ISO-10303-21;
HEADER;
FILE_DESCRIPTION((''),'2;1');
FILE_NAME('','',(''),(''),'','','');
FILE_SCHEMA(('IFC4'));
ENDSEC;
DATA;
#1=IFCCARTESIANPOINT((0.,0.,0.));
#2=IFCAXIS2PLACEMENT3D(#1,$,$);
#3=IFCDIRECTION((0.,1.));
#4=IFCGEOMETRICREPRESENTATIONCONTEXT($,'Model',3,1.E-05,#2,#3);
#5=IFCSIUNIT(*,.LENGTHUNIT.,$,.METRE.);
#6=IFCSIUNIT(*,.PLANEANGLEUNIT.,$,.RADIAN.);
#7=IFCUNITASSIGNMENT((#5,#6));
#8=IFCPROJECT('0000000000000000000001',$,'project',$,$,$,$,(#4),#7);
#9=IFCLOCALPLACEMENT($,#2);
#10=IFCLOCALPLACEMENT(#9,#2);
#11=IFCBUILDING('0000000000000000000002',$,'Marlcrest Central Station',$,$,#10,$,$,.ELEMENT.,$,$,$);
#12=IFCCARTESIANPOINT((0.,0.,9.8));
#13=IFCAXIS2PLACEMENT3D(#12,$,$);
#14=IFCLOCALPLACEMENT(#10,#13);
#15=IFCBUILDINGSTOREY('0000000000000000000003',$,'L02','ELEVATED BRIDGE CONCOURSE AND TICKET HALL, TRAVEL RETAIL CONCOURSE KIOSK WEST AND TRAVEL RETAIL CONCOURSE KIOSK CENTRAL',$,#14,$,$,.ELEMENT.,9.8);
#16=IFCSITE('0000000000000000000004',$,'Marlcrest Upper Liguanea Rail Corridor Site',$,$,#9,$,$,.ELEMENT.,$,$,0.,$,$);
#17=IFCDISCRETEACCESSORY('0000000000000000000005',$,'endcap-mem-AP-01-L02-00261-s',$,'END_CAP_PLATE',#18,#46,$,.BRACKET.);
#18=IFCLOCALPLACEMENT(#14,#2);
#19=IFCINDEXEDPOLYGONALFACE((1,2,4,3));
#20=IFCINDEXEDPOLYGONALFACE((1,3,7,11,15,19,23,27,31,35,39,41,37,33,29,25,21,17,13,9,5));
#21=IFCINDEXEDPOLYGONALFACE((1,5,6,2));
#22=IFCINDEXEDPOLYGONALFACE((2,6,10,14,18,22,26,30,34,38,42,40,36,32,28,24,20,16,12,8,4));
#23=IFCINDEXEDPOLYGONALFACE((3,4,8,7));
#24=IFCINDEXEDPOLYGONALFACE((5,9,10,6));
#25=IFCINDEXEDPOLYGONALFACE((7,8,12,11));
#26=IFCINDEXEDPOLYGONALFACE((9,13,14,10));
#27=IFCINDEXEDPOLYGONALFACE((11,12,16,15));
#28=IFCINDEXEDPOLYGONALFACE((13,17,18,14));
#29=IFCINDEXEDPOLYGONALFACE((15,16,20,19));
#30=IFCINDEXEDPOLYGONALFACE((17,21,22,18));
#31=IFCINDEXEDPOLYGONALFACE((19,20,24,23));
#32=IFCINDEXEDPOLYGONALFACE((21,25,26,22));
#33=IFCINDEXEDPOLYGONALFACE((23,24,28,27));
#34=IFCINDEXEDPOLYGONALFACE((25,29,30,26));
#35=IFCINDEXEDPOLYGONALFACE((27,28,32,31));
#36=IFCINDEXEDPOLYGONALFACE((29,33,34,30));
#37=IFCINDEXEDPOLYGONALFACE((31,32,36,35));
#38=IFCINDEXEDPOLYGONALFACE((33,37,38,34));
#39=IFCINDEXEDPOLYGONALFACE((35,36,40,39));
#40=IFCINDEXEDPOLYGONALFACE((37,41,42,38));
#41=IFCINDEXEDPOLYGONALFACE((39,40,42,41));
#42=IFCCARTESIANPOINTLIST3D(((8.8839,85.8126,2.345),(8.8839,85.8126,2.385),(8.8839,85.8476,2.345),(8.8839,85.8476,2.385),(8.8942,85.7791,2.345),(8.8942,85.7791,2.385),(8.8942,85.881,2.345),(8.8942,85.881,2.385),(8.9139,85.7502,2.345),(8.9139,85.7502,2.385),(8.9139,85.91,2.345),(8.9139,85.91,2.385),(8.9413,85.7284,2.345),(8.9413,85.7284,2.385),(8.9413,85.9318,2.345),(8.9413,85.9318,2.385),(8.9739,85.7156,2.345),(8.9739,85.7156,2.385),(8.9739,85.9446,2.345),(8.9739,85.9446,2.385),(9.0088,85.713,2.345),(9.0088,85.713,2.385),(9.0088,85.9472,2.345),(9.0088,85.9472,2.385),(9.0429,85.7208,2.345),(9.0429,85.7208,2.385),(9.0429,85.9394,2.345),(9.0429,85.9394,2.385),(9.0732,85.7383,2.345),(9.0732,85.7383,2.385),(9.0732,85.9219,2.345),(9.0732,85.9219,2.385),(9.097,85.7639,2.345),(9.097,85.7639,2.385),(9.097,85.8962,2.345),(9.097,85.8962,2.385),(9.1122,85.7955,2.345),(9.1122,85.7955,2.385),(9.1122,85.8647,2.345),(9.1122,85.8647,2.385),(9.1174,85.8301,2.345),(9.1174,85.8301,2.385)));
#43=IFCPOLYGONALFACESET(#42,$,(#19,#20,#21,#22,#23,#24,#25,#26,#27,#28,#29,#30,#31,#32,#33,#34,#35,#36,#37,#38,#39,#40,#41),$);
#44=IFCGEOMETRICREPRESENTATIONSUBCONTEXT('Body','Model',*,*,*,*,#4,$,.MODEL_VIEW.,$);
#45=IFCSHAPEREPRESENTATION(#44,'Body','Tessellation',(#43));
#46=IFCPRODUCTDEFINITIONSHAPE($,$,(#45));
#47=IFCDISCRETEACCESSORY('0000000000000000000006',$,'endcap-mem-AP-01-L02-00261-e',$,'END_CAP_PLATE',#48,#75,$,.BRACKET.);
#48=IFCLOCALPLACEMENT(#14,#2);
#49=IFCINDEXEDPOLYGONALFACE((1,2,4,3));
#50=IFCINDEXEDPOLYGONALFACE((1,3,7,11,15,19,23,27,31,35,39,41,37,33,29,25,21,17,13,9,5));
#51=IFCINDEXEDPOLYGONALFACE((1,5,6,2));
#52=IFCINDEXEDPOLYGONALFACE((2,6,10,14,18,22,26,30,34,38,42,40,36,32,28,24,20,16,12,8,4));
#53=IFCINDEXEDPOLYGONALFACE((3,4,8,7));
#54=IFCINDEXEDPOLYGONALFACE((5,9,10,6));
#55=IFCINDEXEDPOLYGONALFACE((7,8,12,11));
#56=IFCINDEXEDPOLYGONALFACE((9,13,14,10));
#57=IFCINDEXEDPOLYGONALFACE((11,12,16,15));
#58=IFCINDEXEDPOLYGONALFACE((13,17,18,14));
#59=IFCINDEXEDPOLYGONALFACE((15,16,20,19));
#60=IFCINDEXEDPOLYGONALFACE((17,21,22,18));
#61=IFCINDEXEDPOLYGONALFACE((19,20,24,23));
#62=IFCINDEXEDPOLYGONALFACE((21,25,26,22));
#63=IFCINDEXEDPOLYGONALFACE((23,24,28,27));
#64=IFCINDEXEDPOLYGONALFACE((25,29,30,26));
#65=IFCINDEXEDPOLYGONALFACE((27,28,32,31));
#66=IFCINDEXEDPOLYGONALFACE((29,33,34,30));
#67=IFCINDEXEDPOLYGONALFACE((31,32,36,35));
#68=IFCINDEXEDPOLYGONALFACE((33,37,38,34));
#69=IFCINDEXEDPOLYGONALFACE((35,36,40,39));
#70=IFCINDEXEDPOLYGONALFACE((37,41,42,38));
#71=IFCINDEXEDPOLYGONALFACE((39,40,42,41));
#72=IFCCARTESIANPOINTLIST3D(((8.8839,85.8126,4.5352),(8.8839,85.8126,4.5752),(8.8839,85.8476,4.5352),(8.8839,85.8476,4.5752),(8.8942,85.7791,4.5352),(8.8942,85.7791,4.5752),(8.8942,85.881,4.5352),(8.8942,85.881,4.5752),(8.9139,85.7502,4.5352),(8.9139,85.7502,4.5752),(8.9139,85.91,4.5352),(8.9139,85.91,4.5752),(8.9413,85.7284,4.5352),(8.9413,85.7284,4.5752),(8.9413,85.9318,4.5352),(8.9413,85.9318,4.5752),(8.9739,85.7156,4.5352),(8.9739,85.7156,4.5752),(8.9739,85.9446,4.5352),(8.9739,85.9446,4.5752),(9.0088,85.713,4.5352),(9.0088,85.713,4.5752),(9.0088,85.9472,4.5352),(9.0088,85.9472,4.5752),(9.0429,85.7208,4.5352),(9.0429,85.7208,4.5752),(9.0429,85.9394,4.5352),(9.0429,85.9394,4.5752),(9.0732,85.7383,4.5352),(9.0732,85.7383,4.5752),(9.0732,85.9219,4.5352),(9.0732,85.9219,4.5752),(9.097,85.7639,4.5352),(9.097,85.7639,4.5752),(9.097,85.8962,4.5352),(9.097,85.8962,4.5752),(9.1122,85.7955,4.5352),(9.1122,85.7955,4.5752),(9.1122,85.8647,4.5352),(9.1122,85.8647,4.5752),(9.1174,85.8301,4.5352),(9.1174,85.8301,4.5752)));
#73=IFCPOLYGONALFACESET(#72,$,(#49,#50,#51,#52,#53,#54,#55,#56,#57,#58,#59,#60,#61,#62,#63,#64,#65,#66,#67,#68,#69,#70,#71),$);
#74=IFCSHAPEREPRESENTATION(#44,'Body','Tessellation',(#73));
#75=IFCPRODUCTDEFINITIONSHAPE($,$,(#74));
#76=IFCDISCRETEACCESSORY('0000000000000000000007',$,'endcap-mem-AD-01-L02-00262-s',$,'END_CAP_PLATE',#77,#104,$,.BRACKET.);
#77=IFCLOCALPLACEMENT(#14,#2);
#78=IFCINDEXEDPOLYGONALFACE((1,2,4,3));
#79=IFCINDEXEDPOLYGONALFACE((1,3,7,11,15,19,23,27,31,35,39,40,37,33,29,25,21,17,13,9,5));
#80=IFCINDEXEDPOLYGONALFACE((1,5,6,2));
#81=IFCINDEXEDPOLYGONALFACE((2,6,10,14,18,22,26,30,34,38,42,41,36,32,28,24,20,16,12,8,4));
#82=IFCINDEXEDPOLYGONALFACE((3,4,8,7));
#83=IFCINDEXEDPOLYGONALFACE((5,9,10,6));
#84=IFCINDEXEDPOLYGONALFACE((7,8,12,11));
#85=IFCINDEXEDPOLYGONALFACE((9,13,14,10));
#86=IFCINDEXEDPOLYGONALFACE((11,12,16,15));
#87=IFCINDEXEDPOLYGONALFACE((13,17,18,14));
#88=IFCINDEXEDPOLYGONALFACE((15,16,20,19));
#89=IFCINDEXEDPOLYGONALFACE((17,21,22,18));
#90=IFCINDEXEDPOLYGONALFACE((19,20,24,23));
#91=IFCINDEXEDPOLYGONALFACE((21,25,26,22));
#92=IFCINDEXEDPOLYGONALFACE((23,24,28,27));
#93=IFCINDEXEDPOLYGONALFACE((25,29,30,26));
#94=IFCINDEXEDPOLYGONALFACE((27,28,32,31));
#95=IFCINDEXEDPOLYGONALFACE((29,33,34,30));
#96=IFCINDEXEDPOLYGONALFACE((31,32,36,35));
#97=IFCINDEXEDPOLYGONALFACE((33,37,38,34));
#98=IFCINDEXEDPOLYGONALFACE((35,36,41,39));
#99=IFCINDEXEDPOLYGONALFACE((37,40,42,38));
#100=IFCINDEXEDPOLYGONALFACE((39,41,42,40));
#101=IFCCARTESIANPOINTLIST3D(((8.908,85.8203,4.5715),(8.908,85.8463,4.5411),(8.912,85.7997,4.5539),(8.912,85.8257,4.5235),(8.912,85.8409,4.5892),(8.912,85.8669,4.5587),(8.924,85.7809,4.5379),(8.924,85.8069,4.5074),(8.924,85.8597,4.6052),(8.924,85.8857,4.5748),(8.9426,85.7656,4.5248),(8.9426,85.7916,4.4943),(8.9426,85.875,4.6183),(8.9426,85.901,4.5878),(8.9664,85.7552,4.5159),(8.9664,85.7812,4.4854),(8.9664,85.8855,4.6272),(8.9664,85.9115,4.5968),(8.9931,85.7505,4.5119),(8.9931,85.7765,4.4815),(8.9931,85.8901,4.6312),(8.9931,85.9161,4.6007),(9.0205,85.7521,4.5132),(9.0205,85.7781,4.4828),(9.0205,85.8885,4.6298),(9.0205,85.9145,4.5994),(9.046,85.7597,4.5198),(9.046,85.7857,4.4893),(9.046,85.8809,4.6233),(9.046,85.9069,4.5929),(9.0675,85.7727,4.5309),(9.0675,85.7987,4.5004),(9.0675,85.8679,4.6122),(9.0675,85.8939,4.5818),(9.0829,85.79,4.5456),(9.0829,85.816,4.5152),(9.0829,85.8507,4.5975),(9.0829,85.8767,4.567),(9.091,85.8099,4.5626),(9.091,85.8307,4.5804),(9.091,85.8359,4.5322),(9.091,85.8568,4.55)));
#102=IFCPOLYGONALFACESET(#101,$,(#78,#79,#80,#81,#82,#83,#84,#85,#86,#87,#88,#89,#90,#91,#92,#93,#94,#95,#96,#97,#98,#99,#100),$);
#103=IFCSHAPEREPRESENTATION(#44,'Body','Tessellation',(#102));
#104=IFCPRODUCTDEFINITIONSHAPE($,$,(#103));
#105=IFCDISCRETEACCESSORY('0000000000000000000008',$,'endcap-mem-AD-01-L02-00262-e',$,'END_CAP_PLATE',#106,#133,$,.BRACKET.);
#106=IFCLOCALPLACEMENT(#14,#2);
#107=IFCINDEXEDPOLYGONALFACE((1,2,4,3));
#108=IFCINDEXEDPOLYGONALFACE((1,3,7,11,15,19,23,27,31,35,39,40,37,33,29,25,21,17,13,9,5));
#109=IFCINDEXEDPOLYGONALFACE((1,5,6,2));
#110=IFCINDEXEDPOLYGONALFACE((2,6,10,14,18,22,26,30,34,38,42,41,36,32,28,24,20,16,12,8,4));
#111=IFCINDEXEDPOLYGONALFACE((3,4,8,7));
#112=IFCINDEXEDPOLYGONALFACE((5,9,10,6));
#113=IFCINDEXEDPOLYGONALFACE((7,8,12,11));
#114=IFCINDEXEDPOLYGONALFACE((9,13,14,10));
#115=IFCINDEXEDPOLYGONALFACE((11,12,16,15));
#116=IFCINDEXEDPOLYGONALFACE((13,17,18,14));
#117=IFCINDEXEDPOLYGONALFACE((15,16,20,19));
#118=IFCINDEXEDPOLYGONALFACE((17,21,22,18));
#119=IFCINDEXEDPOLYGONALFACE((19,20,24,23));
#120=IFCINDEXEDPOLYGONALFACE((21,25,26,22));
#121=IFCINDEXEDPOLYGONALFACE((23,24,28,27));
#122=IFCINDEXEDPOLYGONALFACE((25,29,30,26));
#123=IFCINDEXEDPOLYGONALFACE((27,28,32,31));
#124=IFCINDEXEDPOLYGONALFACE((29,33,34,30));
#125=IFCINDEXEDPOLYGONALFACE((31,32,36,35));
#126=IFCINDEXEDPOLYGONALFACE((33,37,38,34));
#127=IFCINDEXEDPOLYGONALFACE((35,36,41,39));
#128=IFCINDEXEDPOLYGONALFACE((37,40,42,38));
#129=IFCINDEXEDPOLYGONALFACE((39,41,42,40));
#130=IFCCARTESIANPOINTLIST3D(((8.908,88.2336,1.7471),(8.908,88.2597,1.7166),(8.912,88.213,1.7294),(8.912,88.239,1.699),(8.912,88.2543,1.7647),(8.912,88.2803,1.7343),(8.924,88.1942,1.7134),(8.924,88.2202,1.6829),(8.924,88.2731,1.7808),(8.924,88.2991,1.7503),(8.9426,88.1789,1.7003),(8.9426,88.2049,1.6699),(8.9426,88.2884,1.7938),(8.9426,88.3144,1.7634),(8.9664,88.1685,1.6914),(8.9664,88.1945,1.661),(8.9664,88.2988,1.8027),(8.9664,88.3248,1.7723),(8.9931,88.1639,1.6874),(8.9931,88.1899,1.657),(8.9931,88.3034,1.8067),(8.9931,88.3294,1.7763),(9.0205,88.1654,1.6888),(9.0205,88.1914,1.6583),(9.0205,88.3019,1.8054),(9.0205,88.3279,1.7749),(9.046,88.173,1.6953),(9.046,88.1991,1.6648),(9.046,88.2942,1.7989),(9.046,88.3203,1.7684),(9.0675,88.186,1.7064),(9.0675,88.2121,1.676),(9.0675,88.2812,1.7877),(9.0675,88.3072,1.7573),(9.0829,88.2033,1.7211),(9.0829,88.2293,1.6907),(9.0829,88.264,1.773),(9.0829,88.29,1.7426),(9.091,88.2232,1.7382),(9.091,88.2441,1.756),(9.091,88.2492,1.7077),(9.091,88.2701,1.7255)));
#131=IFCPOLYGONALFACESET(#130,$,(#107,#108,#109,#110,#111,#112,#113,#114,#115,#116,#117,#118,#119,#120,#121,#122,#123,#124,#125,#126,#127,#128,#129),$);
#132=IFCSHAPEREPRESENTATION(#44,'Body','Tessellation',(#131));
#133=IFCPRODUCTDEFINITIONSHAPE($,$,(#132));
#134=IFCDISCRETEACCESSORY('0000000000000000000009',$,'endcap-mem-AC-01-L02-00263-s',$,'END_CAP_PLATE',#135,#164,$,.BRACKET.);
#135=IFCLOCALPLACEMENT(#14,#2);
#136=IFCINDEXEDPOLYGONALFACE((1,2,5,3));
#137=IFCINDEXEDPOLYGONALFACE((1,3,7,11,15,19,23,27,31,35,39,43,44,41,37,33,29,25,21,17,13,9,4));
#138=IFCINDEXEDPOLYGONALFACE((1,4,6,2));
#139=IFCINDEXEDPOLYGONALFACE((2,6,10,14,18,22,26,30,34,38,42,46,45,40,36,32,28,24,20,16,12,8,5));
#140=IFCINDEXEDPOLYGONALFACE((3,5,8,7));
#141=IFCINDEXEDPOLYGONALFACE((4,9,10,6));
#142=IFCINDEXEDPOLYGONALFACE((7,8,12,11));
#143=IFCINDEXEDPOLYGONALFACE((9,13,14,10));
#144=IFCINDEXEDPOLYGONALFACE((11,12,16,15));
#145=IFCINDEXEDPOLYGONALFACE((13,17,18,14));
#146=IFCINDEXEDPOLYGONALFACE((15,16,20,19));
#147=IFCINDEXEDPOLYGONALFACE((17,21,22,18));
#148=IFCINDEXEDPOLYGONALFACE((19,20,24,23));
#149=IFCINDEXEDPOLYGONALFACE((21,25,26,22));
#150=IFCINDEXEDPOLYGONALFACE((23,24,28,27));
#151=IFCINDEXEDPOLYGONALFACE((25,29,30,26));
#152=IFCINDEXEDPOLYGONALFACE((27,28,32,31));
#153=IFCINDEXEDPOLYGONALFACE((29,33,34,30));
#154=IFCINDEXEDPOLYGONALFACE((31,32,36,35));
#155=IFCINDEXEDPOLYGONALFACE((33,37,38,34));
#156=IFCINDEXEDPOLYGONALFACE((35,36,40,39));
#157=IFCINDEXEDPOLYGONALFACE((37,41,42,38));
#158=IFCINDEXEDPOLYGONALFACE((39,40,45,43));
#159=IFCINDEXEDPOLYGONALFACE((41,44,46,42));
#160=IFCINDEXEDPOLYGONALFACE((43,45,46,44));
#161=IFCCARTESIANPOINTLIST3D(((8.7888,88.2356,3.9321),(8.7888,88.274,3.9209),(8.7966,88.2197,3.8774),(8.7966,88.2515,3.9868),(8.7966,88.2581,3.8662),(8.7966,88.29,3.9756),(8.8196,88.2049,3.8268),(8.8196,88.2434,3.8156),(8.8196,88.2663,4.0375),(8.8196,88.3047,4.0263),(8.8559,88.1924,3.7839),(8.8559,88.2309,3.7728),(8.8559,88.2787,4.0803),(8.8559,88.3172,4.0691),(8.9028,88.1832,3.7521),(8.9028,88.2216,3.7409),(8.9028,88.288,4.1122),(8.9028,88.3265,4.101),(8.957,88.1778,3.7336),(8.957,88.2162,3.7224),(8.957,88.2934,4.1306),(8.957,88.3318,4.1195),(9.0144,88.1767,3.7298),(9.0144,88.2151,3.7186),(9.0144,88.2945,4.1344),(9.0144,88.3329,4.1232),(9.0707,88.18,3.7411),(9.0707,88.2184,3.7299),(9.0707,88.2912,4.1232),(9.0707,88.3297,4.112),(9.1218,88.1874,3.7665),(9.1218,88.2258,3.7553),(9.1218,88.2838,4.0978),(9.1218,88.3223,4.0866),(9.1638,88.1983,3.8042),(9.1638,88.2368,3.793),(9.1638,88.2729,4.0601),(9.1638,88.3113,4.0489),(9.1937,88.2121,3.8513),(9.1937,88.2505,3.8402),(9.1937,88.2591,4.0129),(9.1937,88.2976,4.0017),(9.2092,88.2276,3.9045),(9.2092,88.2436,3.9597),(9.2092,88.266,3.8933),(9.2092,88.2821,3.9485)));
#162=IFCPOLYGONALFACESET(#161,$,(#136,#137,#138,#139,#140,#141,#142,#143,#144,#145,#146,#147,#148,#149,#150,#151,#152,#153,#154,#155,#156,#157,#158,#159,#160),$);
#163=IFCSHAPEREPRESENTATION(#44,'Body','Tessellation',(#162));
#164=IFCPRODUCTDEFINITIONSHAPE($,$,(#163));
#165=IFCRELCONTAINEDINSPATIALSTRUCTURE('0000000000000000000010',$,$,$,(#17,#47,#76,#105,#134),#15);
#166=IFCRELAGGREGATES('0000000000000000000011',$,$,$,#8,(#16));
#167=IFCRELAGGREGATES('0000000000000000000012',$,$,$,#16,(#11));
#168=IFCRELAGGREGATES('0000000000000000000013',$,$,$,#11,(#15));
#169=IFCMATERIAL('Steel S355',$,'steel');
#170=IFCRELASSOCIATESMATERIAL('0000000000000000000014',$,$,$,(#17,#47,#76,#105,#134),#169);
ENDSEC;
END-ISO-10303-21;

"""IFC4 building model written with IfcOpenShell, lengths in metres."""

from ifc_helpers import new_model, si_unit, direction, frame, origin, origin_2d, place, context, subcontext, project, spatial, circle, extrude, material, element, save


model = new_model("IFC4")

# Units and contexts
model_context = context("Model", 3, precision=1e-05, world=origin(), true_north=direction((0.0, 1.0)))
body_context = subcontext(model_context, "Body", "Model", "MODEL_VIEW")
ifc_project = project(units=[si_unit("LENGTHUNIT", "METRE"), si_unit("PLANEANGLEUNIT", "RADIAN")], contexts=[model_context])

# Site, building, storey
site_placement = place(None, origin())
site = spatial("IfcSite", under=ifc_project, at=site_placement, Name="Marlcrest Upper Liguanea Rail Corridor Site", CompositionType="ELEMENT", RefElevation=0.0)
building_placement = place(site_placement, origin())
building = spatial("IfcBuilding", under=site, at=building_placement, Name="Marlcrest Central Station", CompositionType="ELEMENT")
storey_placement = place(building_placement, frame((0.0, 0.0, 9.8)))
storey = spatial("IfcBuildingStorey", under=building, at=storey_placement, Name="L02", Description="ELEVATED BRIDGE CONCOURSE AND TICKET HALL, TRAVEL RETAIL CONCOURSE KIOSK WEST AND TRAVEL RETAIL CONCOURSE KIOSK CENTRAL", CompositionType="ELEMENT", Elevation=9.8)

# Shared definitions
ifc_material_1 = material(Name="Steel S355", Category="steel")

# Discrete accessories
for number, where, z_axis, x_axis, name in (
    (1, (9.0, 85.8301, 2.345), (0.0, 0.0, 1.0), (1.0, 0.0, 0.0), "endcap-mem-AP-01-L02-00261-s"),
    (2, (9.0, 85.8301, 4.5352), (0.0, 0.0, 1.0), (1.0, 0.0, 0.0), "endcap-mem-AP-01-L02-00261-e"),
):
    element("IfcDiscreteAccessory", number, at=place(storey_placement, frame(where, z_axis=z_axis, x_axis=x_axis)), inside=storey, material=ifc_material_1, Name=name, ObjectType="END_CAP_PLATE", PredefinedType="BRACKET", context=body_context, shape_type="SweptSolid", body=[
        extrude(circle(Radius=0.1174, at=origin_2d()), origin(), (0.0, 0.0, 1.0), 0.04),
    ])
for number, where, z_axis, x_axis, name in (
    (3, (9.0, 85.8203, 4.5715), (0.0, 0.649625, -0.760255), (-1.0, 0.0, 0.0), "endcap-mem-AD-01-L02-00262-s"),
    (4, (9.0, 88.2336, 1.7471), (0.0, 0.649625, -0.760255), (-1.0, 0.0, 0.0), "endcap-mem-AD-01-L02-00262-e"),
):
    element("IfcDiscreteAccessory", number, at=place(storey_placement, frame(where, z_axis=z_axis, x_axis=x_axis)), inside=storey, material=ifc_material_1, Name=name, ObjectType="END_CAP_PLATE", PredefinedType="BRACKET", context=body_context, shape_type="SweptSolid", body=[
        extrude(circle(Radius=0.092, at=origin_2d()), origin(), (0.0, 0.0, 1.0), 0.04),
    ])
discrete_accessory_1_placement = place(storey_placement, frame((9.0, 88.2356, 3.9321), z_axis=(0.0, 0.96013, -0.279554), x_axis=(-1.0, 0.0, 0.0)))
element("IfcDiscreteAccessory", 5, at=discrete_accessory_1_placement, inside=storey, material=ifc_material_1, Name="endcap-mem-AC-01-L02-00263-s", ObjectType="END_CAP_PLATE", PredefinedType="BRACKET", context=body_context, shape_type="SweptSolid", body=[
    extrude(circle(Radius=0.2112, at=origin_2d()), origin(), (0.0, 0.0, 1.0), 0.04),
])

save(model, "model.ifc")
